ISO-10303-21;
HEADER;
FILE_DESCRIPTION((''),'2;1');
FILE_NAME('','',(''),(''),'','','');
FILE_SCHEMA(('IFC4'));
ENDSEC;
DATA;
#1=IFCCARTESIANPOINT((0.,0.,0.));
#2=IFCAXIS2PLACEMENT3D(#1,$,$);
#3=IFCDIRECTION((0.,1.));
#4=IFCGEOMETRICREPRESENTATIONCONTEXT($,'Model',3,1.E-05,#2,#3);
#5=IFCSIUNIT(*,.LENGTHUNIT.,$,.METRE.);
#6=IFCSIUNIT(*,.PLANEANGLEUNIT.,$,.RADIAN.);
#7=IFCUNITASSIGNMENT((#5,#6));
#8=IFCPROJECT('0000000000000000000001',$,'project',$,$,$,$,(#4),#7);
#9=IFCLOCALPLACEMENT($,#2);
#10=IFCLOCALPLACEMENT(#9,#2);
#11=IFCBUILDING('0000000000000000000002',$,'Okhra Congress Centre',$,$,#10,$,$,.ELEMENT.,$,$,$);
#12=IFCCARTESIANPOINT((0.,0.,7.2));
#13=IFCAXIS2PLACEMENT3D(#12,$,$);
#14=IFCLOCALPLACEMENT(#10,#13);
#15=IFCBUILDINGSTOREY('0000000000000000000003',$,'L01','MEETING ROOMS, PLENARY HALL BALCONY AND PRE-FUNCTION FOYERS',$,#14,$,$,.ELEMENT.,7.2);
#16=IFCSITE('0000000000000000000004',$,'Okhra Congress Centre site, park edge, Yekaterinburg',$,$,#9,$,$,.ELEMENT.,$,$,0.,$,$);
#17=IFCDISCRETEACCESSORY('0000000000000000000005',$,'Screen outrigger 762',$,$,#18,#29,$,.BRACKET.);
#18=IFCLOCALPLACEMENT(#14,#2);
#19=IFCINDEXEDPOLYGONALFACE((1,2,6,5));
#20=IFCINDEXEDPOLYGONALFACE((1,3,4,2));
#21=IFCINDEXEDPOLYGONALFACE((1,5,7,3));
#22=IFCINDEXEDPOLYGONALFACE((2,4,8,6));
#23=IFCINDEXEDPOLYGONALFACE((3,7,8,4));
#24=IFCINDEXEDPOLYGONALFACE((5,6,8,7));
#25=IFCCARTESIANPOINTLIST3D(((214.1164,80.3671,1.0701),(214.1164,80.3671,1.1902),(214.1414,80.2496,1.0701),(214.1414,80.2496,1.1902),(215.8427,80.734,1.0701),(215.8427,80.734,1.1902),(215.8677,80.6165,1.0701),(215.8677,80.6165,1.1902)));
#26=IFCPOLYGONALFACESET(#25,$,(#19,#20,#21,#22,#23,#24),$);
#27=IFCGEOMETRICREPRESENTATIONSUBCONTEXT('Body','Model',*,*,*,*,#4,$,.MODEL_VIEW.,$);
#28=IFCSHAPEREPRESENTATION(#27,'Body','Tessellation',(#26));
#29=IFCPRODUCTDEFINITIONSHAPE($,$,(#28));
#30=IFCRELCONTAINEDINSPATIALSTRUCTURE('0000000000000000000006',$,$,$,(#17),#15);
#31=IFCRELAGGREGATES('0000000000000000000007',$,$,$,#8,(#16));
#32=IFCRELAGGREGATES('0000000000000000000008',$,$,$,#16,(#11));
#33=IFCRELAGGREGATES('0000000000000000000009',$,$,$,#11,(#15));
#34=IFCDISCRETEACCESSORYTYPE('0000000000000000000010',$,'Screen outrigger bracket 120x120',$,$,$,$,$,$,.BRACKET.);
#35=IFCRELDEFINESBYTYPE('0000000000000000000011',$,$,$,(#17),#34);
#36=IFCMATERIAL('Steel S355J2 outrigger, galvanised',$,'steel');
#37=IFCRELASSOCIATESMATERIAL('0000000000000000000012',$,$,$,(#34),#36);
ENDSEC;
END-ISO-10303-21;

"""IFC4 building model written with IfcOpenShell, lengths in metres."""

from ifc_helpers import new_model, si_unit, direction, frame, origin, origin_2d, place, context, subcontext, project, spatial, rectangle, extrude, material, material_profile, profile_set, type_object, element, save


model = new_model("IFC4")

# Units and contexts
model_context = context("Model", 3, precision=1e-05, world=origin(), true_north=direction((0.0, 1.0)))
body_context = subcontext(model_context, "Body", "Model", "MODEL_VIEW")
ifc_project = project(units=[si_unit("LENGTHUNIT", "METRE"), si_unit("PLANEANGLEUNIT", "RADIAN")], contexts=[model_context])

# Site, building, storey
site_placement = place(None, origin())
site = spatial("IfcSite", under=ifc_project, at=site_placement, Name="Okhra Congress Centre site, park edge, Yekaterinburg", CompositionType="ELEMENT", RefElevation=0.0)
building_placement = place(site_placement, origin())
building = spatial("IfcBuilding", under=site, at=building_placement, Name="Okhra Congress Centre", CompositionType="ELEMENT")
storey_placement = place(building_placement, frame((0.0, 0.0, 7.2)))
storey = spatial("IfcBuildingStorey", under=building, at=storey_placement, Name="L01", Description="MEETING ROOMS, PLENARY HALL BALCONY AND PRE-FUNCTION FOYERS", CompositionType="ELEMENT", Elevation=7.2)

# Discrete accessory
ifc_material_1 = material(Name="Steel S355J2 outrigger, galvanised", Category="steel")
ifc_material_profile_1 = material_profile(ifc_material_1, rectangle(XDim=0.1201, YDim=0.1201, at=origin_2d()), Name="Screen outrigger bracket 120x120")
ifc_profile_set_1 = profile_set([ifc_material_profile_1], Name="Steel S355J2 outrigger, galvanised")
discrete_accessory_type = type_object("IfcDiscreteAccessoryType", Name="Screen outrigger bracket 120x120", PredefinedType="BRACKET", material=ifc_profile_set_1)
discrete_accessory_placement = place(storey_placement, frame((214.1289, 80.3083, 1.1301), z_axis=(0.978147, 0.207913, 0.0), x_axis=(-0.207913, 0.978147, 0.0)))
element("IfcDiscreteAccessory", 1, at=discrete_accessory_placement, inside=storey, type_object=discrete_accessory_type, Name="Screen outrigger 762", PredefinedType="BRACKET", context=body_context, shape_type="SweptSolid", body=[
    extrude(rectangle(XDim=0.1201, YDim=0.1201, at=origin_2d()), origin(), (0.0, 0.0, 1.0), 1.7649),
])

save(model, "model.ifc")
